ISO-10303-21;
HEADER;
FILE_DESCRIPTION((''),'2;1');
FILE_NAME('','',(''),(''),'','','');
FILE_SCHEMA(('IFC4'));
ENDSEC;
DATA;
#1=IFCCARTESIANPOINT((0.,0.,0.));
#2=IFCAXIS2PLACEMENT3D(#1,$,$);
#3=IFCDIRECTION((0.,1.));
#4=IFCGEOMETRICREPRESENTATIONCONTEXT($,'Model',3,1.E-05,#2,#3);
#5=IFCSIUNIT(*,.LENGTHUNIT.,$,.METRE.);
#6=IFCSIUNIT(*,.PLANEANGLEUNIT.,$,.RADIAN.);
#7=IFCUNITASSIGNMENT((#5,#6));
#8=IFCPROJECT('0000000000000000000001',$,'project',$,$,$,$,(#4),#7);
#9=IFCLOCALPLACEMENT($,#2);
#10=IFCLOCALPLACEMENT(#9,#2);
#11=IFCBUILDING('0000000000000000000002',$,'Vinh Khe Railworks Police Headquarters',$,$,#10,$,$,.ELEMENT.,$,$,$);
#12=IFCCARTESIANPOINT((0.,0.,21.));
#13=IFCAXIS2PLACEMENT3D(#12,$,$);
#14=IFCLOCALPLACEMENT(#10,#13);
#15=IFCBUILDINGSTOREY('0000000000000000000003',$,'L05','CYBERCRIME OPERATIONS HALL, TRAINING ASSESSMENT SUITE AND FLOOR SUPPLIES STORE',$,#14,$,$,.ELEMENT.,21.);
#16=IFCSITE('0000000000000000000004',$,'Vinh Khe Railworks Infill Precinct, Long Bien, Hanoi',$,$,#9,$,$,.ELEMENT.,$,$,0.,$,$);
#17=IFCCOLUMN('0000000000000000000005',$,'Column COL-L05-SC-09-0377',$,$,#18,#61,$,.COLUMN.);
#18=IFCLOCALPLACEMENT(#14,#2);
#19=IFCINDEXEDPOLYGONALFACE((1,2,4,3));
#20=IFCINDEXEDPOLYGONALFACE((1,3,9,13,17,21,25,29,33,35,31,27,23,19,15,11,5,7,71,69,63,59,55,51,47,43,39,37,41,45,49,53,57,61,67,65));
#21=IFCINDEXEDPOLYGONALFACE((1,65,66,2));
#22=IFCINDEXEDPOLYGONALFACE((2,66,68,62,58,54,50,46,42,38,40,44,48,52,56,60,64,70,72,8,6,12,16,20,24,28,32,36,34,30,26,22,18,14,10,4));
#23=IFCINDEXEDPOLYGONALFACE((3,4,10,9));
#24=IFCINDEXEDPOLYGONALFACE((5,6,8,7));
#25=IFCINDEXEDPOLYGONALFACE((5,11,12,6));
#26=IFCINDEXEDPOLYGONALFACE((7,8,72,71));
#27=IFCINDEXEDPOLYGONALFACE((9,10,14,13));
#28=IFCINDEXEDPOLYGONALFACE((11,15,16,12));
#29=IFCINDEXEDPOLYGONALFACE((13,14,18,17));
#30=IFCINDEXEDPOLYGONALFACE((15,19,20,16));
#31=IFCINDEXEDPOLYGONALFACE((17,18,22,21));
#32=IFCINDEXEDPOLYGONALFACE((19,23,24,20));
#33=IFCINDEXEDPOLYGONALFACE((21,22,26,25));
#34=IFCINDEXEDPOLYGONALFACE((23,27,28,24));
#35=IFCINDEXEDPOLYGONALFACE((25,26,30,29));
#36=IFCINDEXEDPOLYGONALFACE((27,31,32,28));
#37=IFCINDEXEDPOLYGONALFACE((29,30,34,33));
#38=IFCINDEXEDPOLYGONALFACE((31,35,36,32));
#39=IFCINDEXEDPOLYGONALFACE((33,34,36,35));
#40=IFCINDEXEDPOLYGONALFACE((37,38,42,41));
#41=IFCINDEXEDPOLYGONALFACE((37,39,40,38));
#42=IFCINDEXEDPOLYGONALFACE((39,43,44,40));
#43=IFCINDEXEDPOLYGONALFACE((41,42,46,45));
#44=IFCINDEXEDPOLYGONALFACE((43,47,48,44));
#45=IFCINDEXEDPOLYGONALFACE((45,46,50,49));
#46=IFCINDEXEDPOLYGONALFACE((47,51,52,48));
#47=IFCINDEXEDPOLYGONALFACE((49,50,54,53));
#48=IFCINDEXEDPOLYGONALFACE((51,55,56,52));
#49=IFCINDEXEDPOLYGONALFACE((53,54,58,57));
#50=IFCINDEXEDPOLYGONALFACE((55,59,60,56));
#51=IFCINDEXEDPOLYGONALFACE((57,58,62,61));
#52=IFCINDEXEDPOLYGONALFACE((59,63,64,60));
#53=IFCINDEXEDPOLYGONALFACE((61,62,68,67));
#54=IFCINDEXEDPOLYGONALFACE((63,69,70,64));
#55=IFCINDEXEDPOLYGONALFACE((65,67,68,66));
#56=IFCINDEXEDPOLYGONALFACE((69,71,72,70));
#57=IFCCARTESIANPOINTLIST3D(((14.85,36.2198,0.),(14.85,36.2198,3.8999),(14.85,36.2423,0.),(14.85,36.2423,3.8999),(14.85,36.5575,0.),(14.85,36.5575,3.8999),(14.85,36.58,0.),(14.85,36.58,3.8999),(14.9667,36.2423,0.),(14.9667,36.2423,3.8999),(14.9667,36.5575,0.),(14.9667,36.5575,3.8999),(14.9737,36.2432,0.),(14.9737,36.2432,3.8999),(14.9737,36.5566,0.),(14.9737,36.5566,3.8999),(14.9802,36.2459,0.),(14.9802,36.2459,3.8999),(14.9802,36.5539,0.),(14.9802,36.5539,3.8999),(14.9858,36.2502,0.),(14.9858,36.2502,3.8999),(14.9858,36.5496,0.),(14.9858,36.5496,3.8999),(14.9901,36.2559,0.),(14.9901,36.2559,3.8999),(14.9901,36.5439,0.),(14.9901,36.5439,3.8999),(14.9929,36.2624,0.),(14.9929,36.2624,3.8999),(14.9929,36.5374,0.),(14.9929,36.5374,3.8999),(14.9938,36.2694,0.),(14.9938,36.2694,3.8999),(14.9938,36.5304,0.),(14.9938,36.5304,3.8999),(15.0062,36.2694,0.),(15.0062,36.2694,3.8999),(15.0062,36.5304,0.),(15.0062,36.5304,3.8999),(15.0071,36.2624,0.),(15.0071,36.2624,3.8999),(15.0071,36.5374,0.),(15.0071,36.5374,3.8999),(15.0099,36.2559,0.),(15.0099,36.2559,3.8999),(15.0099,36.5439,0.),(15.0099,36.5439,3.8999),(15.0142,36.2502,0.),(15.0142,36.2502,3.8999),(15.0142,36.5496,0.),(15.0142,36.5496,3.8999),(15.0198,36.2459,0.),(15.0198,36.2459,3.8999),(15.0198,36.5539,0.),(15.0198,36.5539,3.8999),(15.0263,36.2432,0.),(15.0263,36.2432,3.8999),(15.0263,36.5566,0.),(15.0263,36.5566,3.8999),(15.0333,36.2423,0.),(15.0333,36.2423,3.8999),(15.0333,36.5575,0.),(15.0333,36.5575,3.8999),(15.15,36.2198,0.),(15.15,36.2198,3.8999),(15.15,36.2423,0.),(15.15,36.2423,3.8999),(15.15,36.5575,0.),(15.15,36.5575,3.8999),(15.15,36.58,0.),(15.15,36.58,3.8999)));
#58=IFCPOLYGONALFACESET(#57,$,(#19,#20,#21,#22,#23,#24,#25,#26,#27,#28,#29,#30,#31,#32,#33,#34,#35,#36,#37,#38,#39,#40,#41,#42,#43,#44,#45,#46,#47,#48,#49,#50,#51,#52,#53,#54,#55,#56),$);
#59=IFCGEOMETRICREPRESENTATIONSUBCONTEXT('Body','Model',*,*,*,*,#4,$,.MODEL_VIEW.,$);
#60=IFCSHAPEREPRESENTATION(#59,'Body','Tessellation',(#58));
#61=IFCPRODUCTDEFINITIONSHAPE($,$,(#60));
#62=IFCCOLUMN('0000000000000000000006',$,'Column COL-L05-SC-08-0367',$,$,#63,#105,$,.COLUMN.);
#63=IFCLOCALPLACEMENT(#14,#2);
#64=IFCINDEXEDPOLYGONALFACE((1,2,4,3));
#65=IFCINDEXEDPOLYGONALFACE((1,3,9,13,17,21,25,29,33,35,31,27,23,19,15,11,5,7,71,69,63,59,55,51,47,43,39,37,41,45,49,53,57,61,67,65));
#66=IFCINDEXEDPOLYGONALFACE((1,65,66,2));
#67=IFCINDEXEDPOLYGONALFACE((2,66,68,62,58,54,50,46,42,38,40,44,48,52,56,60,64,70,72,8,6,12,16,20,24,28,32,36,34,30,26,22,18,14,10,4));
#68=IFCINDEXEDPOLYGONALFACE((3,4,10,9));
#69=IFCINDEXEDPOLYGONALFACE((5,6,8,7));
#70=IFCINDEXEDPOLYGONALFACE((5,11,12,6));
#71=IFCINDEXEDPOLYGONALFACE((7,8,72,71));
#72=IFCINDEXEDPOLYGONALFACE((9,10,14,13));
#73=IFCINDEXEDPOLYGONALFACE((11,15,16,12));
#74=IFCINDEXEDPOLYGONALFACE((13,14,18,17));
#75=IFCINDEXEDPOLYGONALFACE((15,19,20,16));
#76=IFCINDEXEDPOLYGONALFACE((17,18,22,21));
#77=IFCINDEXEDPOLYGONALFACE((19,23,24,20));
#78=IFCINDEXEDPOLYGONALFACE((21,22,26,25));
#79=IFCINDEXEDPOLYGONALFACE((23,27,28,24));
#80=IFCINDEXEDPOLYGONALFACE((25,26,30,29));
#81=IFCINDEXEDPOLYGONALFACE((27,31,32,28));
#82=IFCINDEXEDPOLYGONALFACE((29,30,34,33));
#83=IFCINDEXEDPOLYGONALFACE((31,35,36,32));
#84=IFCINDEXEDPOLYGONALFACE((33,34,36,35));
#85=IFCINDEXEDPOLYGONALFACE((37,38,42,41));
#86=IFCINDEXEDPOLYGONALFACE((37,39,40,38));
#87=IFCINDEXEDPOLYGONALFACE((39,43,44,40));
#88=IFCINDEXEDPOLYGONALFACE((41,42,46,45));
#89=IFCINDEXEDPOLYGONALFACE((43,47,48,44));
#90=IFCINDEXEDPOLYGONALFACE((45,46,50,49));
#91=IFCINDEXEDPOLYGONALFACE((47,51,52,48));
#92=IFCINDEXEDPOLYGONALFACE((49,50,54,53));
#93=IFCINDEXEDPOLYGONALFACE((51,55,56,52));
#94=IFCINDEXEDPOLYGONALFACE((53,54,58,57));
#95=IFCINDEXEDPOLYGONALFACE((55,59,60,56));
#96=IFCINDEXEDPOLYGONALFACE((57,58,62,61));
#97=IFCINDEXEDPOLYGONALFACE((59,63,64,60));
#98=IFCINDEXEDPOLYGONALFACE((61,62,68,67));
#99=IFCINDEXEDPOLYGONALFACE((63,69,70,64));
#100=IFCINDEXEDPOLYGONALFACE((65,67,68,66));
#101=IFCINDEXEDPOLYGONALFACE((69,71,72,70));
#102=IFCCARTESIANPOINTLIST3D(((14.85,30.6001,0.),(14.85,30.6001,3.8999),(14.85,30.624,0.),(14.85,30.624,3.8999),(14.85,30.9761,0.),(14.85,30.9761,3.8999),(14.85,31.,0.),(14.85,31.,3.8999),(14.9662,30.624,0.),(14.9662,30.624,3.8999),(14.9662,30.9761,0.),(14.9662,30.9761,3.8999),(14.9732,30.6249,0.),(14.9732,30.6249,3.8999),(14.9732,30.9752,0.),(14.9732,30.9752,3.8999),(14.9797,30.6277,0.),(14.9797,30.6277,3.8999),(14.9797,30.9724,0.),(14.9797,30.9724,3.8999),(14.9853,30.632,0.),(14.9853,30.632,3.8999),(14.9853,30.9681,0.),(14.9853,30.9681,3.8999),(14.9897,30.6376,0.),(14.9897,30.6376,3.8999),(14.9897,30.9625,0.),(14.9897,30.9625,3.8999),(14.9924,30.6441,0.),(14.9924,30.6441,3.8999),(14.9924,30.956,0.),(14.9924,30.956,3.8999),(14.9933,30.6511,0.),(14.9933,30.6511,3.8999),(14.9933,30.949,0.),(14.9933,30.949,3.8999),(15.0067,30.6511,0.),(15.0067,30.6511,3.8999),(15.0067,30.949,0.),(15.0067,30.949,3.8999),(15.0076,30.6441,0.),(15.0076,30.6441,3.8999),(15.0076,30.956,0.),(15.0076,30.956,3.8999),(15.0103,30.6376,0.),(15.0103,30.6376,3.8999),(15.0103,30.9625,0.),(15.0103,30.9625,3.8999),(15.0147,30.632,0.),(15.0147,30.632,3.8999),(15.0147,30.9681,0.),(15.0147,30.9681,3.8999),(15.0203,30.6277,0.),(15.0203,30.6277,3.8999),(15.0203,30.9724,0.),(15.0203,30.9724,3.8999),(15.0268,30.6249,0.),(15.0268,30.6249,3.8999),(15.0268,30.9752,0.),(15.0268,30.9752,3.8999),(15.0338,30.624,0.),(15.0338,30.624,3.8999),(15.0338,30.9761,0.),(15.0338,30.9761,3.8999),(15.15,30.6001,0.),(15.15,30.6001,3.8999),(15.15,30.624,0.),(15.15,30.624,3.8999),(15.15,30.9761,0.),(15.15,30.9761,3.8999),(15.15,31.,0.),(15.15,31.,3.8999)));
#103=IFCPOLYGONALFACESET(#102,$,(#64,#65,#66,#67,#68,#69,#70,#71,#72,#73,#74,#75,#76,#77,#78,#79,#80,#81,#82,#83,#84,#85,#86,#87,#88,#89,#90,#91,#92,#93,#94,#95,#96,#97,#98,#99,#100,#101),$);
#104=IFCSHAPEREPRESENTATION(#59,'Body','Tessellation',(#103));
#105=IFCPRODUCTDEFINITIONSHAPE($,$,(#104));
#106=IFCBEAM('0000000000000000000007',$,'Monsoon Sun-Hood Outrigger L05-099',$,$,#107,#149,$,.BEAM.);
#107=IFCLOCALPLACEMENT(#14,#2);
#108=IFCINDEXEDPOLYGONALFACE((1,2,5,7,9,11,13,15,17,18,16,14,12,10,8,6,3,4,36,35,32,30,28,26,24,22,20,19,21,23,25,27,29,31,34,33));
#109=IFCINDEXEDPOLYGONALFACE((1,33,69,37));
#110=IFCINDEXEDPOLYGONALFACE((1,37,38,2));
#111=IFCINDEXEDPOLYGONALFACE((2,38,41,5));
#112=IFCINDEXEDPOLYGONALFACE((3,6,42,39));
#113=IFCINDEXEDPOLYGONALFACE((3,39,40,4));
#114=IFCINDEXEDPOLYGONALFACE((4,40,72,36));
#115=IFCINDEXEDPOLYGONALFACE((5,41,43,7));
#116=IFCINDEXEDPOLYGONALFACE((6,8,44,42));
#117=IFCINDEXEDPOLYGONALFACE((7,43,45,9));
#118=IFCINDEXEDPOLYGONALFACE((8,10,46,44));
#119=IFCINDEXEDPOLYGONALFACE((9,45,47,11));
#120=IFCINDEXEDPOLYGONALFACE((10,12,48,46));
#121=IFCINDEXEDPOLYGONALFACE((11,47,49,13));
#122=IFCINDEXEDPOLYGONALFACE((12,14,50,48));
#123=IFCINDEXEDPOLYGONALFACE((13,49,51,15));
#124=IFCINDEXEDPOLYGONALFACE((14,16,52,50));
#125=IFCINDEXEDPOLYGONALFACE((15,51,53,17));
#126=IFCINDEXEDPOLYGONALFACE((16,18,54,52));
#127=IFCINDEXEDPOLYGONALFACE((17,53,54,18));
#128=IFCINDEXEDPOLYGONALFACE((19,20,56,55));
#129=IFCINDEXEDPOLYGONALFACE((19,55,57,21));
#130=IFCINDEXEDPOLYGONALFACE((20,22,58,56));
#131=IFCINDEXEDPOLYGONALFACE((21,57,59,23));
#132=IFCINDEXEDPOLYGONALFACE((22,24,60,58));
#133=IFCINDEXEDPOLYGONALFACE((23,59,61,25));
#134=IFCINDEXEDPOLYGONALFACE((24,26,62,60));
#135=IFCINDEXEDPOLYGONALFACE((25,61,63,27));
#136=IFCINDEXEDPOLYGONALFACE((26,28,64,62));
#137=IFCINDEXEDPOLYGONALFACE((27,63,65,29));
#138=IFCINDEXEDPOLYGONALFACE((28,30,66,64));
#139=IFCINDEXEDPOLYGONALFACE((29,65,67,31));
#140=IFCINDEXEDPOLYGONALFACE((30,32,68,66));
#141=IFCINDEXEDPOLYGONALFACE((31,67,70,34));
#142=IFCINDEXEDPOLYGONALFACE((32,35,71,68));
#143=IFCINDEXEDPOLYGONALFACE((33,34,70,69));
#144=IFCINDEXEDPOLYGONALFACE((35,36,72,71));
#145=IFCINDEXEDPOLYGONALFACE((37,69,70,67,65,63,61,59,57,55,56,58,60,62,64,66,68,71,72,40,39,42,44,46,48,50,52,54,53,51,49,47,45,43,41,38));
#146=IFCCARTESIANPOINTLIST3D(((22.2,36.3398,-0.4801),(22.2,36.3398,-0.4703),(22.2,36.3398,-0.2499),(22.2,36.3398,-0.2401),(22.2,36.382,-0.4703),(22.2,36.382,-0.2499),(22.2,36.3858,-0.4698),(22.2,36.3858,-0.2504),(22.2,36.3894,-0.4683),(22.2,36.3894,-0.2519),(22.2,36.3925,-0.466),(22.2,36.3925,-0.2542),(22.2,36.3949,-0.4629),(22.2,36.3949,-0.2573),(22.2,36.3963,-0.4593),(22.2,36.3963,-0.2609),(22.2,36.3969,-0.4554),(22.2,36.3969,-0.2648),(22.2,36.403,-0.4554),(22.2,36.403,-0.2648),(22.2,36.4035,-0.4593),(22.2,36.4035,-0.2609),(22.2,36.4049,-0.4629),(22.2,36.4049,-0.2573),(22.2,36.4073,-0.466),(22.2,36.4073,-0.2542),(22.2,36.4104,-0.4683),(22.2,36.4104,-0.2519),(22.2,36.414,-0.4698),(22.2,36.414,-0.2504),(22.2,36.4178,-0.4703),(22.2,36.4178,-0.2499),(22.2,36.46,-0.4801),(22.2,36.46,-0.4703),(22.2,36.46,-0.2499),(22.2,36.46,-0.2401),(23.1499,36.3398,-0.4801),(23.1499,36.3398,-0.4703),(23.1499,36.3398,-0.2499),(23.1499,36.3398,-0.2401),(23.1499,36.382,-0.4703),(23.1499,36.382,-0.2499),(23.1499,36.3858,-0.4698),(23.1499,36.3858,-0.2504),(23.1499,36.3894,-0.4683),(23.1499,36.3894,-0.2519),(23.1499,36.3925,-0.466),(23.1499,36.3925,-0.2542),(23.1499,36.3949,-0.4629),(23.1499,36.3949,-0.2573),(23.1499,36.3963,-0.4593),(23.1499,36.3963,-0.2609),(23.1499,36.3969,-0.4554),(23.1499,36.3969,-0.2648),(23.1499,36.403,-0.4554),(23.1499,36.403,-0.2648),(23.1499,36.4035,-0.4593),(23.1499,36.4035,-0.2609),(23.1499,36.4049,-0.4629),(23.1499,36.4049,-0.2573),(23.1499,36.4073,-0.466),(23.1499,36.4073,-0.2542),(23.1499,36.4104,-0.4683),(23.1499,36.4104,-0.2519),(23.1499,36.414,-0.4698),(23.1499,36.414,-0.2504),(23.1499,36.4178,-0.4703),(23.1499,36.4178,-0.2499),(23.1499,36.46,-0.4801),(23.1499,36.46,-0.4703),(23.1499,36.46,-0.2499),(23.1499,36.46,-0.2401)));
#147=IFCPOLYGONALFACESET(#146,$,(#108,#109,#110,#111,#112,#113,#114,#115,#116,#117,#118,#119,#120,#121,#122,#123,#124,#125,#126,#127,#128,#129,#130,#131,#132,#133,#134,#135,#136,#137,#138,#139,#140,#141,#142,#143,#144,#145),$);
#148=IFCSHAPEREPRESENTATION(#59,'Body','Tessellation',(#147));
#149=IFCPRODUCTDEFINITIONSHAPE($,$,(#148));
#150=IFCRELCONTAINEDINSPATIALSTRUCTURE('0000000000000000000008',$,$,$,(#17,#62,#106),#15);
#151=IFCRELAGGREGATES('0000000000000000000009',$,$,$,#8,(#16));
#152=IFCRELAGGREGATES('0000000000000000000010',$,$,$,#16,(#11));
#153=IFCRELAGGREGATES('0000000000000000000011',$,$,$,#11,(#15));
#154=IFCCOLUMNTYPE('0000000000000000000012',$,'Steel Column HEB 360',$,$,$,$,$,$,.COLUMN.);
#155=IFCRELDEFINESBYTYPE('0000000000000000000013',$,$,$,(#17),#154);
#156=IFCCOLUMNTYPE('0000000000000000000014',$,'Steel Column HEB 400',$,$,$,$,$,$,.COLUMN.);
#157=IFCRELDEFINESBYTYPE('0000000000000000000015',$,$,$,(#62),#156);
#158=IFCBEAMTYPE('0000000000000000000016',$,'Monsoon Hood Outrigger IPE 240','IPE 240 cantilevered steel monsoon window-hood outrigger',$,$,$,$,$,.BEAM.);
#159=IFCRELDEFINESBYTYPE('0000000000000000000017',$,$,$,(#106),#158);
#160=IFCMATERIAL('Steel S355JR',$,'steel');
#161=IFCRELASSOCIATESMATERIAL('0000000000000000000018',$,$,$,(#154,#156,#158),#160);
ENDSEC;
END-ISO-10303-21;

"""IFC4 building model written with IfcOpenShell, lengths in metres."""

from ifc_helpers import new_model, si_unit, direction, frame, origin, origin_2d, place, context, subcontext, project, spatial, i_section, extrude, material, material_profile, profile_set, type_object, element, save


model = new_model("IFC4")

# Units and contexts
model_context = context("Model", 3, precision=1e-05, world=origin(), true_north=direction((0.0, 1.0)))
body_context = subcontext(model_context, "Body", "Model", "MODEL_VIEW")
ifc_project = project(units=[si_unit("LENGTHUNIT", "METRE"), si_unit("PLANEANGLEUNIT", "RADIAN")], contexts=[model_context])

# Site, building, storey
site_placement = place(None, origin())
site = spatial("IfcSite", under=ifc_project, at=site_placement, Name="Vinh Khe Railworks Infill Precinct, Long Bien, Hanoi", CompositionType="ELEMENT", RefElevation=0.0)
building_placement = place(site_placement, origin())
building = spatial("IfcBuilding", under=site, at=building_placement, Name="Vinh Khe Railworks Police Headquarters", CompositionType="ELEMENT")
storey_placement = place(building_placement, frame((0.0, 0.0, 21.0)))
storey = spatial("IfcBuildingStorey", under=building, at=storey_placement, Name="L05", Description="CYBERCRIME OPERATIONS HALL, TRAINING ASSESSMENT SUITE AND FLOOR SUPPLIES STORE", CompositionType="ELEMENT", Elevation=21.0)

# Columns
ifc_material_1 = material(Name="Steel S355JR", Category="steel")
ifc_material_profile_1 = material_profile(ifc_material_1, i_section(OverallWidth=0.3, OverallDepth=0.3601, WebThickness=0.0125, FlangeThickness=0.0225, FilletRadius=0.0271, at=origin_2d()), Name="HEB 360")
ifc_profile_set_1 = profile_set([ifc_material_profile_1], Name="Steel S355JR")
column_type_1 = type_object("IfcColumnType", Name="Steel Column HEB 360", PredefinedType="COLUMN", material=ifc_profile_set_1)
column_1_placement = place(storey_placement, frame((15.0, 36.3999, 0.0), z_axis=(0.0, 0.0, 1.0), x_axis=(1.0, 0.0, 0.0)))
element("IfcColumn", 1, at=column_1_placement, inside=storey, type_object=column_type_1, Name="Column COL-L05-SC-09-0377", PredefinedType="COLUMN", context=body_context, shape_type="SweptSolid", body=[
    extrude(i_section(OverallWidth=0.3, OverallDepth=0.3601, WebThickness=0.0125, FlangeThickness=0.0225, FilletRadius=0.0271, at=origin_2d()), origin(), (0.0, 0.0, 1.0), 3.8999),
])
ifc_material_profile_2 = material_profile(ifc_material_1, i_section(OverallWidth=0.3, OverallDepth=0.3999, WebThickness=0.0134, FlangeThickness=0.0239, FilletRadius=0.0271, at=origin_2d()), Name="HEB 400")
ifc_profile_set_2 = profile_set([ifc_material_profile_2], Name="Steel S355JR")
column_type_2 = type_object("IfcColumnType", Name="Steel Column HEB 400", PredefinedType="COLUMN", material=ifc_profile_set_2)
column_2_placement = place(storey_placement, frame((15.0, 30.8, 0.0), z_axis=(0.0, 0.0, 1.0), x_axis=(1.0, 0.0, 0.0)))
element("IfcColumn", 2, at=column_2_placement, inside=storey, type_object=column_type_2, Name="Column COL-L05-SC-08-0367", PredefinedType="COLUMN", context=body_context, shape_type="SweptSolid", body=[
    extrude(i_section(OverallWidth=0.3, OverallDepth=0.3999, WebThickness=0.0134, FlangeThickness=0.0239, FilletRadius=0.0271, at=origin_2d()), origin(), (0.0, 0.0, 1.0), 3.8999),
])

# Beam
ifc_material_profile_3 = material_profile(ifc_material_1, i_section(OverallWidth=0.1201, OverallDepth=0.24, WebThickness=0.0061, FlangeThickness=0.0098, FilletRadius=0.0149, at=origin_2d()), Name="IPE 240")
ifc_profile_set_3 = profile_set([ifc_material_profile_3], Name="Steel S355JR")
beam_type_1 = type_object("IfcBeamType", Name="Monsoon Hood Outrigger IPE 240", Description="IPE 240 cantilevered steel monsoon window-hood outrigger", PredefinedType="BEAM", material=ifc_profile_set_3)
beam_1_placement = place(storey_placement, frame((22.2, 36.3999, -0.3601), z_axis=(1.0, 0.0, 0.0), x_axis=(0.0, 1.0, 0.0)))
element("IfcBeam", 3, at=beam_1_placement, inside=storey, type_object=beam_type_1, Name="Monsoon Sun-Hood Outrigger L05-099", PredefinedType="BEAM", context=body_context, shape_type="SweptSolid", body=[
    extrude(i_section(OverallWidth=0.1201, OverallDepth=0.24, WebThickness=0.0061, FlangeThickness=0.0098, FilletRadius=0.0149, at=origin_2d()), origin(), (0.0, 0.0, 1.0), 0.95),
])

save(model, "model.ifc")
